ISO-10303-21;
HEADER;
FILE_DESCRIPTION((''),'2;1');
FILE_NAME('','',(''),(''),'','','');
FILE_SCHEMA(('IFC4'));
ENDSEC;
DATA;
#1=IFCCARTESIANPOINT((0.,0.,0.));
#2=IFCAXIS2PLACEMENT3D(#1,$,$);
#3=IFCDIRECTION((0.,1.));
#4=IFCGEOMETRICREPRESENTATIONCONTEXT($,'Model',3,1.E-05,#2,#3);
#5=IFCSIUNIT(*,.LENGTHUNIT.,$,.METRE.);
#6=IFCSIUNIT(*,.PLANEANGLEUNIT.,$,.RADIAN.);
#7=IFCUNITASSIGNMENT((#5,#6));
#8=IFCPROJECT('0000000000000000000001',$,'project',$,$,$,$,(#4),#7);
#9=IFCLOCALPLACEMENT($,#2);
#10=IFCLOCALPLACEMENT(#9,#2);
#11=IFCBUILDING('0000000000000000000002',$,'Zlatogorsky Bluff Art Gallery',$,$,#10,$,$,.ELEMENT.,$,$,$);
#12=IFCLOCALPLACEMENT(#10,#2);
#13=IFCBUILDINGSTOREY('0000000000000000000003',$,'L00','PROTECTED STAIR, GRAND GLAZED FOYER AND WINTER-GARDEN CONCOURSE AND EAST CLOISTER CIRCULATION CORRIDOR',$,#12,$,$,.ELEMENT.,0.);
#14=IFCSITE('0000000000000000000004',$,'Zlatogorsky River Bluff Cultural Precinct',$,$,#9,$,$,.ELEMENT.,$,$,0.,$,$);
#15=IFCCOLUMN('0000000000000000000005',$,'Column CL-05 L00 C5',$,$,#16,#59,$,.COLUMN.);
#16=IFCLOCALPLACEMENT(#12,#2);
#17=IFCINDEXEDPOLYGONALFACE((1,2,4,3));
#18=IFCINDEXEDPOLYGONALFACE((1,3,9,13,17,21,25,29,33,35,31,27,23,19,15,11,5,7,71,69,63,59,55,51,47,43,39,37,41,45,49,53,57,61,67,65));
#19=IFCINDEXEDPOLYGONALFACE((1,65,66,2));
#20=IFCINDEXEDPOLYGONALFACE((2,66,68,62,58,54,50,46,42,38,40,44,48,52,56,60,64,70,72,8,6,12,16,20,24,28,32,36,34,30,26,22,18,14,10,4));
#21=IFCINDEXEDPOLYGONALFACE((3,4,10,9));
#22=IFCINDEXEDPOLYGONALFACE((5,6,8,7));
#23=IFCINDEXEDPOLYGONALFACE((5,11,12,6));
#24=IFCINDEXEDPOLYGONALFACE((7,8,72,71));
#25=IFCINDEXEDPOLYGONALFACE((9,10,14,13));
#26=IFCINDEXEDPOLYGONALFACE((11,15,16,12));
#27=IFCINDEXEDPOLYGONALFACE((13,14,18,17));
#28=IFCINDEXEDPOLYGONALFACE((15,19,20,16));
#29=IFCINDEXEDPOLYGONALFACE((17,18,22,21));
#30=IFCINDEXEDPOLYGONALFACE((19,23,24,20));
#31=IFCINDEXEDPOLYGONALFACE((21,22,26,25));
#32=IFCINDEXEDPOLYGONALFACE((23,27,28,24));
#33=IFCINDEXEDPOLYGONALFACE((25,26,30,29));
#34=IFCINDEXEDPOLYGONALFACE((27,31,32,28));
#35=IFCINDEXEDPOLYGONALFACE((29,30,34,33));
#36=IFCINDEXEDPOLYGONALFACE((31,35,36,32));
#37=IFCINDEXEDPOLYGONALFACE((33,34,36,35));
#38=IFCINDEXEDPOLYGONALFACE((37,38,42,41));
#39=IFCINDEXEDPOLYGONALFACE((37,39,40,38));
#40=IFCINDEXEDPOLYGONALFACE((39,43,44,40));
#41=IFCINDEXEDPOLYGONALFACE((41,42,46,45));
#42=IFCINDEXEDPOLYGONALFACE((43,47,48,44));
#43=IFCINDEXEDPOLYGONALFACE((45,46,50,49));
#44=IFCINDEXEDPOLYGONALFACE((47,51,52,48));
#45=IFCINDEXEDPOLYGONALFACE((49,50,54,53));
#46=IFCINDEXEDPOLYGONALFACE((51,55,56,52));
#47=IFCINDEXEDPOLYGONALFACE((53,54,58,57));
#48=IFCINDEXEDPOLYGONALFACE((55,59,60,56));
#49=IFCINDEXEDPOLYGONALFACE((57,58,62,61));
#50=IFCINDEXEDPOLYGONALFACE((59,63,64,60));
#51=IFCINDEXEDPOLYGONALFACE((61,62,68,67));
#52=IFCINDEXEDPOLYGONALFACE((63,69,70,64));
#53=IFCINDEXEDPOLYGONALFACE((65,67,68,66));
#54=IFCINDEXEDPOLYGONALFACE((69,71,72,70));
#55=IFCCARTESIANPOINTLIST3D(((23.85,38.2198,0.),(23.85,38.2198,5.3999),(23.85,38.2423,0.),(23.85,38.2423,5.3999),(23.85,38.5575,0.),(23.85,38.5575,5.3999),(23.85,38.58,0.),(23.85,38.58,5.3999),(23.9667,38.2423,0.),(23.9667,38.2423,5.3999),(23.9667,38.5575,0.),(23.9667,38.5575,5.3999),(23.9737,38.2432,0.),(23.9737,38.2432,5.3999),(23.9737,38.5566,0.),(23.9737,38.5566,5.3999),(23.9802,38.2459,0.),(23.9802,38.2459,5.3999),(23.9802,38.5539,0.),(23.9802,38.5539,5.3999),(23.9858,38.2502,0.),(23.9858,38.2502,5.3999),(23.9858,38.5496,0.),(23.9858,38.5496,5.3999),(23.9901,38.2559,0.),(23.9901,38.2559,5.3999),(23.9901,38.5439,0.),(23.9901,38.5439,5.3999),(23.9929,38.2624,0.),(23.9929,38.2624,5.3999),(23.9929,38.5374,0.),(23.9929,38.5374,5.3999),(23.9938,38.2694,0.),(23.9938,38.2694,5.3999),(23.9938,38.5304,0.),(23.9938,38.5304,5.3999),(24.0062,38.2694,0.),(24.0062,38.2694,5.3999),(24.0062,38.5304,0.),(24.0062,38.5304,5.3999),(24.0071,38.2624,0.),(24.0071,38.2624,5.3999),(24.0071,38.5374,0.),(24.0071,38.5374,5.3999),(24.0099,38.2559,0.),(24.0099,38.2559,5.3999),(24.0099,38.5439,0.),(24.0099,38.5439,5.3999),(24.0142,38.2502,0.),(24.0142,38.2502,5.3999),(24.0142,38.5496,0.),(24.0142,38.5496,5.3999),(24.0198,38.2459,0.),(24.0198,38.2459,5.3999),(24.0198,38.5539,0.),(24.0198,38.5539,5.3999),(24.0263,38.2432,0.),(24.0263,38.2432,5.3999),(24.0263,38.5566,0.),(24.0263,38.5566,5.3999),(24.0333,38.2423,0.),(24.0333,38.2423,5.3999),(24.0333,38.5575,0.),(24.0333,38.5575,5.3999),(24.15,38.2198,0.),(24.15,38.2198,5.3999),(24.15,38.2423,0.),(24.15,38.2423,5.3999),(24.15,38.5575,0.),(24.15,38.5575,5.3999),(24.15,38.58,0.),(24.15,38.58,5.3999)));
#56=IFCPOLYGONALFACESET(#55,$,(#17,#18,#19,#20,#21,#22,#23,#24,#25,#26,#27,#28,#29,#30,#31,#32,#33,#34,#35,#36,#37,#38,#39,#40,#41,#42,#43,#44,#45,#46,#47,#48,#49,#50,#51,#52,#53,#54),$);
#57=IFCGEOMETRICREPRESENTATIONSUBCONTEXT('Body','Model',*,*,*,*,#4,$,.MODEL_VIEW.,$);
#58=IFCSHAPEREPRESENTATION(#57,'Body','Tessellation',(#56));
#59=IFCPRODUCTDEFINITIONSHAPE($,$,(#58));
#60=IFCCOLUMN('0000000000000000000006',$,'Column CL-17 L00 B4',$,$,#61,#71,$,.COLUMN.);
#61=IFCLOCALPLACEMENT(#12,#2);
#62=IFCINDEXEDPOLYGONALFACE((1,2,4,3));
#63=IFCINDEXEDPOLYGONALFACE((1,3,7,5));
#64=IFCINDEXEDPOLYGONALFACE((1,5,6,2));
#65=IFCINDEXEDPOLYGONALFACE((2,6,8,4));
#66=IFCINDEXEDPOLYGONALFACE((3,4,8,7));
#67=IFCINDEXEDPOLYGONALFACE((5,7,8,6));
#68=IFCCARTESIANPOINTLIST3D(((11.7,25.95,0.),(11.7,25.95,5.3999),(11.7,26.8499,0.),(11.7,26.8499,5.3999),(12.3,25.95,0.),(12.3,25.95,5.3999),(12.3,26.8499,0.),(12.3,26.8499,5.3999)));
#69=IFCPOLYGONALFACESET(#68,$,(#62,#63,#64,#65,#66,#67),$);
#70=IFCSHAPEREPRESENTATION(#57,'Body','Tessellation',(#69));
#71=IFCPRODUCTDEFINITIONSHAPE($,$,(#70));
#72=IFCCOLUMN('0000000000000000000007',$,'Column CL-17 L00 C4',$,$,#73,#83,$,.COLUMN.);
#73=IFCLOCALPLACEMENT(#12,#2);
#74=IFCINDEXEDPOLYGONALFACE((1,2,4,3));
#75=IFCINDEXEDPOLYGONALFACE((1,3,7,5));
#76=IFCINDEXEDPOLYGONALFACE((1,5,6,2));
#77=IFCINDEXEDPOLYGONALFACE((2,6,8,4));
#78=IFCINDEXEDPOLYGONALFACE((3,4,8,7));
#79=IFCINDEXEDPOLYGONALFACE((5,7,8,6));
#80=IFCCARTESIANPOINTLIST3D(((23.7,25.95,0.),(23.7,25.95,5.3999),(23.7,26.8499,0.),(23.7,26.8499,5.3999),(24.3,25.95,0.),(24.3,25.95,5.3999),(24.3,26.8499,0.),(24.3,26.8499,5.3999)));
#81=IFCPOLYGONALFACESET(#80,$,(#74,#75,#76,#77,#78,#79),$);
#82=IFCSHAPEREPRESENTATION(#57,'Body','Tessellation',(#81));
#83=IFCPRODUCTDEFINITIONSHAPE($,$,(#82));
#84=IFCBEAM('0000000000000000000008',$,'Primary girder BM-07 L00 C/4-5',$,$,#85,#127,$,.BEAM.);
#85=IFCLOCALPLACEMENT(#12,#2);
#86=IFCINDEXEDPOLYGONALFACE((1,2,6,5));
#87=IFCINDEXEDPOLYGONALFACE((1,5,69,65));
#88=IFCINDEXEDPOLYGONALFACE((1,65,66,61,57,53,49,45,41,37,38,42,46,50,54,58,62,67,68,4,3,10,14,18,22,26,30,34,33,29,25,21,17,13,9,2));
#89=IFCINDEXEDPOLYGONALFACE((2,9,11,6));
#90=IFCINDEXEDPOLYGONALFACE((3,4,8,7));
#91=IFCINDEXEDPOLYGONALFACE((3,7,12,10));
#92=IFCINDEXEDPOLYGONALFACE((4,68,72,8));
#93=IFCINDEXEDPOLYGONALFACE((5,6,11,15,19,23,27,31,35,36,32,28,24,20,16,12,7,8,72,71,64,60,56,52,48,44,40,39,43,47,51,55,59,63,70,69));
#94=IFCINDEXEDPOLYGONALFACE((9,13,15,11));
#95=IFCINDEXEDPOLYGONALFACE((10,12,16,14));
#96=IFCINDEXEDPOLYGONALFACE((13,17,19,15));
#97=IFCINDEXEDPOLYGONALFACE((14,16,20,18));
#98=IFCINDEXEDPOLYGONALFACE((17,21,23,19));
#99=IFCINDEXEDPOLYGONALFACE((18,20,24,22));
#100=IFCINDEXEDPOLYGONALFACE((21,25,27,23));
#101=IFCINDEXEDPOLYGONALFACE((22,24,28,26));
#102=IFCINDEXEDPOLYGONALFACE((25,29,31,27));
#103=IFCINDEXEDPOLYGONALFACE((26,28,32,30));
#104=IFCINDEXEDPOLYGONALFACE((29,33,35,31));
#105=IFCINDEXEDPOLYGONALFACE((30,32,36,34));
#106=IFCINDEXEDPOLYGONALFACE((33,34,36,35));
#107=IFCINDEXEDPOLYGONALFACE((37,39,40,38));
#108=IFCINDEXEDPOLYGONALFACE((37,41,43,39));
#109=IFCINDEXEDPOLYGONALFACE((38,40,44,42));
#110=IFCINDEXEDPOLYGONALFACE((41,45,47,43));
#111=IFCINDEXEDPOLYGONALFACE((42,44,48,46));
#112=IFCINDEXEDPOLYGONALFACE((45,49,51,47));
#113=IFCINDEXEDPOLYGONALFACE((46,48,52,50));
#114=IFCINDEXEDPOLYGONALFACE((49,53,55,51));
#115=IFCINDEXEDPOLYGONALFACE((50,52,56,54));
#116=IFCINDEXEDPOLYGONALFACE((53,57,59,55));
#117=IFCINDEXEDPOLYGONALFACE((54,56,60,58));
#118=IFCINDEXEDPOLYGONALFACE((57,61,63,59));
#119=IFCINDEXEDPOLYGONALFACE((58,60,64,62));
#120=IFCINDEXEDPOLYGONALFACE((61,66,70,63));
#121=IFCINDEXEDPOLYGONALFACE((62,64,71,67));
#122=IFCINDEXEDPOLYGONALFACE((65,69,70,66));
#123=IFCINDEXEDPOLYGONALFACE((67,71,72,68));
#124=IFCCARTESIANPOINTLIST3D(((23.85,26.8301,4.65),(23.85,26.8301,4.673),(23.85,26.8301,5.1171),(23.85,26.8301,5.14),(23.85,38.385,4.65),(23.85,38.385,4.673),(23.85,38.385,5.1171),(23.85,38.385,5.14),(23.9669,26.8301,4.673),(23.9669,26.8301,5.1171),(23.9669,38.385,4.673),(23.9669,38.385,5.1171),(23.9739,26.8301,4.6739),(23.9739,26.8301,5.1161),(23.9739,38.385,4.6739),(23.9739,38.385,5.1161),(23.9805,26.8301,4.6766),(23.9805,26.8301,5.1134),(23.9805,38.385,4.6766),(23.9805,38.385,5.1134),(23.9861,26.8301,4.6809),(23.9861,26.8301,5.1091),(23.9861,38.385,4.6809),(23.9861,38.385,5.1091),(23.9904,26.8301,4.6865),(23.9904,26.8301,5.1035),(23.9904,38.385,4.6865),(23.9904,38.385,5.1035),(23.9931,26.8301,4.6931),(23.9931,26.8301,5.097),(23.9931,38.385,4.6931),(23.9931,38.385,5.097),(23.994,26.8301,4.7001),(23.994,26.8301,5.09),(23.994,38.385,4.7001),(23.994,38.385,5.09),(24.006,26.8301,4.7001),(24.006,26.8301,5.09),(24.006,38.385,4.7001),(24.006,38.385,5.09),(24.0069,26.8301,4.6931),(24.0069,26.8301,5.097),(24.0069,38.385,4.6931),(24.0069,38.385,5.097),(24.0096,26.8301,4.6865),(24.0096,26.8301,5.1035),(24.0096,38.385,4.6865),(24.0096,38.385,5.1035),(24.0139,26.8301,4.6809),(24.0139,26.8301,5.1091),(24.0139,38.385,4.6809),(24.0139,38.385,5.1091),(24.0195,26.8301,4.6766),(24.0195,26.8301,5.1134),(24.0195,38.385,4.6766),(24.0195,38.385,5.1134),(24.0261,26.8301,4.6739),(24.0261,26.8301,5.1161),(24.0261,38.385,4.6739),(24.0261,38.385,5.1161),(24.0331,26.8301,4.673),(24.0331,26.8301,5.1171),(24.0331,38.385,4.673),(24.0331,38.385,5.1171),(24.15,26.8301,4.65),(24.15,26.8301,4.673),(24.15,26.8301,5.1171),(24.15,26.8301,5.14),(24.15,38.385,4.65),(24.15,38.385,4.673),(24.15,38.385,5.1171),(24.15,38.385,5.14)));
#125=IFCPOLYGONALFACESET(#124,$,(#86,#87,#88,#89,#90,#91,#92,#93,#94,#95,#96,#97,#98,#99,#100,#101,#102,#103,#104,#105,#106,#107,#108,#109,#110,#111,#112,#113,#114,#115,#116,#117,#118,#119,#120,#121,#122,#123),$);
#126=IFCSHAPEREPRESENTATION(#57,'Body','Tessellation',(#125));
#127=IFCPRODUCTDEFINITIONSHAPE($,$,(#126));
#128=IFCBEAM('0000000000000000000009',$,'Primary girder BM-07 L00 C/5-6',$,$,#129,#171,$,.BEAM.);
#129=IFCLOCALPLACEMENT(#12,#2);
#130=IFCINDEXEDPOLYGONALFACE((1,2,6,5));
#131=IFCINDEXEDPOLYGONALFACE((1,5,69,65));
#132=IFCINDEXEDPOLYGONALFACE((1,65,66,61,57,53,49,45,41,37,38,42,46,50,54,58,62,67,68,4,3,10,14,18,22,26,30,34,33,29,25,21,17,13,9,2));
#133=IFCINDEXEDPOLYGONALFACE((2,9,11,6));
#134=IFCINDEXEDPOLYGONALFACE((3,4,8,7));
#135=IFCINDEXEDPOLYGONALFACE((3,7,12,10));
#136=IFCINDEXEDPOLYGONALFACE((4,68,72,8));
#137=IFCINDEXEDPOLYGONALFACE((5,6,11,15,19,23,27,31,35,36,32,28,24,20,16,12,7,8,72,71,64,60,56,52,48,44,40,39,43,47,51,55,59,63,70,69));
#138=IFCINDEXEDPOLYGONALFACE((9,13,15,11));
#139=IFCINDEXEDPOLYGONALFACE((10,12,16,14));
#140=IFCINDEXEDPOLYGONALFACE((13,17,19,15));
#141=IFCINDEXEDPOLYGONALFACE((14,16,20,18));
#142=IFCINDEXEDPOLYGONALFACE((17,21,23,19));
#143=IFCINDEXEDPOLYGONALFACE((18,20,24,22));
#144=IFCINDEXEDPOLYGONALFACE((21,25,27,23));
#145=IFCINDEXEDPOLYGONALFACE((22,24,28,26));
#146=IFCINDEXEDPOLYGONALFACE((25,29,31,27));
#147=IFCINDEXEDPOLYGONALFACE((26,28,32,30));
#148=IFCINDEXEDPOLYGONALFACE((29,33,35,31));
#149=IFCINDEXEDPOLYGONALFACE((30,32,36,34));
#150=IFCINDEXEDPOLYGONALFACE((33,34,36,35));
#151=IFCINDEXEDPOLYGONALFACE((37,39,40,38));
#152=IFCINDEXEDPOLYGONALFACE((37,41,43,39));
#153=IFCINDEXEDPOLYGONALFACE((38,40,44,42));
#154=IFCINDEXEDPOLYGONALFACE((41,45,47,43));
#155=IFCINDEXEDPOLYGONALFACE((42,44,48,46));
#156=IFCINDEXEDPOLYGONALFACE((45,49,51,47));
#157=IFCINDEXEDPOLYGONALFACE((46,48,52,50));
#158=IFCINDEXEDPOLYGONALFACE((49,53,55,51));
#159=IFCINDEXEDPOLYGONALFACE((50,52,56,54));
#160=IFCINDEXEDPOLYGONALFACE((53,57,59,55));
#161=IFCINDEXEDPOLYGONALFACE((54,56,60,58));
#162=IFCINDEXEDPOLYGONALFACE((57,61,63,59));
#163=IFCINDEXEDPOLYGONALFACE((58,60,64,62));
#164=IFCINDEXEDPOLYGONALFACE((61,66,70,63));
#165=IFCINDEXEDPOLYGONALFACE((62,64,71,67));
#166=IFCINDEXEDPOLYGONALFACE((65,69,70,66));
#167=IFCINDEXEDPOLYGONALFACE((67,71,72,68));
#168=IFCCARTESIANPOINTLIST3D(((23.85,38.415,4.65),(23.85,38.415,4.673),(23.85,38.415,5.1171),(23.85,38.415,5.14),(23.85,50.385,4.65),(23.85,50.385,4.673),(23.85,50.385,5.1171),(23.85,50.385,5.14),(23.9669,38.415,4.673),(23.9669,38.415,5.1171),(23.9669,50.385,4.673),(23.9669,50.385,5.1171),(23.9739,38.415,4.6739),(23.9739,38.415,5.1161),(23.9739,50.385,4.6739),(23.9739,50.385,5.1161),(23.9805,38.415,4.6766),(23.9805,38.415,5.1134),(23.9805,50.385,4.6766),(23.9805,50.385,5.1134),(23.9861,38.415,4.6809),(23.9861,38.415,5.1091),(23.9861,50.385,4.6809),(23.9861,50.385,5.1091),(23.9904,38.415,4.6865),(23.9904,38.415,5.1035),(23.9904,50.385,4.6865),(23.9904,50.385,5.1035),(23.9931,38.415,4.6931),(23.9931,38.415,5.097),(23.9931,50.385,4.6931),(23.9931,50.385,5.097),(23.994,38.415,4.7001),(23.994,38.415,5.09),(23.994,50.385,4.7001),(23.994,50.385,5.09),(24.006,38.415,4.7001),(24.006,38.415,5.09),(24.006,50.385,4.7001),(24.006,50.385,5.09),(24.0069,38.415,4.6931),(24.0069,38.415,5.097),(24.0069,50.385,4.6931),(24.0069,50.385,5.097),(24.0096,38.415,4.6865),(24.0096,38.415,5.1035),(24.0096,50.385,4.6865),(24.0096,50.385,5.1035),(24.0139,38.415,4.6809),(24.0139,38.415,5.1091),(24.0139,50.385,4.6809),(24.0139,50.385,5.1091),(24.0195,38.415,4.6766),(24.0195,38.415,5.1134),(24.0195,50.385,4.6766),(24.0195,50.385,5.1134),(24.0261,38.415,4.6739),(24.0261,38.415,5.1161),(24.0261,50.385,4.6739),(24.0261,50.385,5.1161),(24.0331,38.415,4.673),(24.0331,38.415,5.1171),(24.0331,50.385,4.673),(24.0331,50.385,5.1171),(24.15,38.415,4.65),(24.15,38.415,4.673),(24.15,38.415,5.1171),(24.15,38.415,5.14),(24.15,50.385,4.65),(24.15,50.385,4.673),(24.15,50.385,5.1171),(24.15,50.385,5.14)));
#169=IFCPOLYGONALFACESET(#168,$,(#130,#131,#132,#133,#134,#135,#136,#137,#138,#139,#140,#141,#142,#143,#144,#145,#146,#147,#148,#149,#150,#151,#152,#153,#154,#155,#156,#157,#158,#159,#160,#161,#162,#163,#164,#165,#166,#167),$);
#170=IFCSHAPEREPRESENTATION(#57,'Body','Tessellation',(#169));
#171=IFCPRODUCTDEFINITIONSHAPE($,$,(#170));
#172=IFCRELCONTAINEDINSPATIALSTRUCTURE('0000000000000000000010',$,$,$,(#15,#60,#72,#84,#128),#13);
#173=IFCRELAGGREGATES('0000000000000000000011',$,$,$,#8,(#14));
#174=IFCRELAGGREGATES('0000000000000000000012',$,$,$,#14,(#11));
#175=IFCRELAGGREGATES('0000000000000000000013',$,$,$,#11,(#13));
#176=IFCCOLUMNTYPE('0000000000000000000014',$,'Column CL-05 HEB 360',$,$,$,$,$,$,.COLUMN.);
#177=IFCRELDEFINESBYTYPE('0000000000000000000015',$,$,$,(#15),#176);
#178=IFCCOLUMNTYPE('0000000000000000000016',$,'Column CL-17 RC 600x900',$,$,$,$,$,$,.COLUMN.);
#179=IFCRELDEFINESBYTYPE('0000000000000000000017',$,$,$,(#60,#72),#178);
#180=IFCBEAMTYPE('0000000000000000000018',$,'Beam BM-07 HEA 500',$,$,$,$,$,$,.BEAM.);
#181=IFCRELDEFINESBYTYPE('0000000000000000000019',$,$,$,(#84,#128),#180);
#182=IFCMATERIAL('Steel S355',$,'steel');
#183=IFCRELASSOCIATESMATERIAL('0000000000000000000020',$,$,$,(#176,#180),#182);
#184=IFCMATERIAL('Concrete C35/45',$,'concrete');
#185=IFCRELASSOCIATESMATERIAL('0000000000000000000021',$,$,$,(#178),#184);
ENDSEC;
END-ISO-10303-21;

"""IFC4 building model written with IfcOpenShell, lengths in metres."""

from ifc_helpers import new_model, si_unit, direction, frame, origin, origin_2d, place, context, subcontext, project, spatial, rectangle, i_section, extrude, material, material_profile, profile_set, type_object, element, save


model = new_model("IFC4")

# Units and contexts
model_context = context("Model", 3, precision=1e-05, world=origin(), true_north=direction((0.0, 1.0)))
body_context = subcontext(model_context, "Body", "Model", "MODEL_VIEW")
ifc_project = project(units=[si_unit("LENGTHUNIT", "METRE"), si_unit("PLANEANGLEUNIT", "RADIAN")], contexts=[model_context])

# Site, building, storey
site_placement = place(None, origin())
site = spatial("IfcSite", under=ifc_project, at=site_placement, Name="Zlatogorsky River Bluff Cultural Precinct", CompositionType="ELEMENT", RefElevation=0.0)
building_placement = place(site_placement, origin())
building = spatial("IfcBuilding", under=site, at=building_placement, Name="Zlatogorsky Bluff Art Gallery", CompositionType="ELEMENT")
storey_placement = place(building_placement, origin())
storey = spatial("IfcBuildingStorey", under=building, at=storey_placement, Name="L00", Description="PROTECTED STAIR, GRAND GLAZED FOYER AND WINTER-GARDEN CONCOURSE AND EAST CLOISTER CIRCULATION CORRIDOR", CompositionType="ELEMENT", Elevation=0.0)

# Columns
ifc_material_1 = material(Name="Steel S355", Category="steel")
ifc_material_profile_1 = material_profile(ifc_material_1, i_section(OverallWidth=0.3, OverallDepth=0.3601, WebThickness=0.0125, FlangeThickness=0.0225, FilletRadius=0.0271, at=origin_2d()), Name="HEB 360")
ifc_profile_set_1 = profile_set([ifc_material_profile_1], Name="Steel S355")
column_type_1 = type_object("IfcColumnType", Name="Column CL-05 HEB 360", PredefinedType="COLUMN", material=ifc_profile_set_1)
column_placement = place(storey_placement, frame((24.0, 38.3999, 0.0), z_axis=(0.0, 0.0, 1.0), x_axis=(1.0, 0.0, 0.0)))
element("IfcColumn", 1, at=column_placement, inside=storey, type_object=column_type_1, Name="Column CL-05 L00 C5", PredefinedType="COLUMN", context=body_context, shape_type="SweptSolid", body=[
    extrude(i_section(OverallWidth=0.3, OverallDepth=0.3601, WebThickness=0.0125, FlangeThickness=0.0225, FilletRadius=0.0271, at=origin_2d()), origin(), (0.0, 0.0, 1.0), 5.3999),
])
ifc_material_2 = material(Name="Concrete C35/45", Category="concrete")
ifc_material_profile_2 = material_profile(ifc_material_2, rectangle(XDim=0.6001, YDim=0.8999, at=origin_2d()), Name="RC 600x900")
ifc_profile_set_2 = profile_set([ifc_material_profile_2], Name="Concrete C35/45")
column_type_2 = type_object("IfcColumnType", Name="Column CL-17 RC 600x900", PredefinedType="COLUMN", material=ifc_profile_set_2)
for number, where, z_axis, x_axis, name in (
    (2, (12.0, 26.3999, 0.0), (0.0, 0.0, 1.0), (1.0, 0.0, 0.0), "Column CL-17 L00 B4"),
    (3, (24.0, 26.3999, 0.0), (0.0, 0.0, 1.0), (1.0, 0.0, 0.0), "Column CL-17 L00 C4"),
):
    element("IfcColumn", number, at=place(storey_placement, frame(where, z_axis=z_axis, x_axis=x_axis)), inside=storey, type_object=column_type_2, Name=name, PredefinedType="COLUMN", context=body_context, shape_type="SweptSolid", body=[
        extrude(rectangle(XDim=0.6001, YDim=0.8999, at=origin_2d()), origin(), (0.0, 0.0, 1.0), 5.3999),
    ])

# Beams
ifc_material_profile_3 = material_profile(ifc_material_1, i_section(OverallWidth=0.3, OverallDepth=0.49, WebThickness=0.012, FlangeThickness=0.0229, FilletRadius=0.0271, at=origin_2d()), Name="HEA 500")
ifc_profile_set_3 = profile_set([ifc_material_profile_3], Name="Steel S355")
beam_type_1 = type_object("IfcBeamType", Name="Beam BM-07 HEA 500", PredefinedType="BEAM", material=ifc_profile_set_3)
beam_1_placement = place(storey_placement, frame((24.0, 26.8301, 4.895), z_axis=(0.0, 1.0, 0.0), x_axis=(-1.0, 0.0, 0.0)))
element("IfcBeam", 4, at=beam_1_placement, inside=storey, type_object=beam_type_1, Name="Primary girder BM-07 L00 C/4-5", PredefinedType="BEAM", context=body_context, shape_type="SweptSolid", body=[
    extrude(i_section(OverallWidth=0.3, OverallDepth=0.49, WebThickness=0.012, FlangeThickness=0.0229, FilletRadius=0.0271, at=origin_2d()), origin(), (0.0, 0.0, 1.0), 11.5549),
])
beam_2_placement = place(storey_placement, frame((24.0, 38.415, 4.895), z_axis=(0.0, 1.0, 0.0), x_axis=(-1.0, 0.0, 0.0)))
element("IfcBeam", 5, at=beam_2_placement, inside=storey, type_object=beam_type_1, Name="Primary girder BM-07 L00 C/5-6", PredefinedType="BEAM", context=body_context, shape_type="SweptSolid", body=[
    extrude(i_section(OverallWidth=0.3, OverallDepth=0.49, WebThickness=0.012, FlangeThickness=0.0229, FilletRadius=0.0271, at=origin_2d()), origin(), (0.0, 0.0, 1.0), 11.97),
])

save(model, "model.ifc")
